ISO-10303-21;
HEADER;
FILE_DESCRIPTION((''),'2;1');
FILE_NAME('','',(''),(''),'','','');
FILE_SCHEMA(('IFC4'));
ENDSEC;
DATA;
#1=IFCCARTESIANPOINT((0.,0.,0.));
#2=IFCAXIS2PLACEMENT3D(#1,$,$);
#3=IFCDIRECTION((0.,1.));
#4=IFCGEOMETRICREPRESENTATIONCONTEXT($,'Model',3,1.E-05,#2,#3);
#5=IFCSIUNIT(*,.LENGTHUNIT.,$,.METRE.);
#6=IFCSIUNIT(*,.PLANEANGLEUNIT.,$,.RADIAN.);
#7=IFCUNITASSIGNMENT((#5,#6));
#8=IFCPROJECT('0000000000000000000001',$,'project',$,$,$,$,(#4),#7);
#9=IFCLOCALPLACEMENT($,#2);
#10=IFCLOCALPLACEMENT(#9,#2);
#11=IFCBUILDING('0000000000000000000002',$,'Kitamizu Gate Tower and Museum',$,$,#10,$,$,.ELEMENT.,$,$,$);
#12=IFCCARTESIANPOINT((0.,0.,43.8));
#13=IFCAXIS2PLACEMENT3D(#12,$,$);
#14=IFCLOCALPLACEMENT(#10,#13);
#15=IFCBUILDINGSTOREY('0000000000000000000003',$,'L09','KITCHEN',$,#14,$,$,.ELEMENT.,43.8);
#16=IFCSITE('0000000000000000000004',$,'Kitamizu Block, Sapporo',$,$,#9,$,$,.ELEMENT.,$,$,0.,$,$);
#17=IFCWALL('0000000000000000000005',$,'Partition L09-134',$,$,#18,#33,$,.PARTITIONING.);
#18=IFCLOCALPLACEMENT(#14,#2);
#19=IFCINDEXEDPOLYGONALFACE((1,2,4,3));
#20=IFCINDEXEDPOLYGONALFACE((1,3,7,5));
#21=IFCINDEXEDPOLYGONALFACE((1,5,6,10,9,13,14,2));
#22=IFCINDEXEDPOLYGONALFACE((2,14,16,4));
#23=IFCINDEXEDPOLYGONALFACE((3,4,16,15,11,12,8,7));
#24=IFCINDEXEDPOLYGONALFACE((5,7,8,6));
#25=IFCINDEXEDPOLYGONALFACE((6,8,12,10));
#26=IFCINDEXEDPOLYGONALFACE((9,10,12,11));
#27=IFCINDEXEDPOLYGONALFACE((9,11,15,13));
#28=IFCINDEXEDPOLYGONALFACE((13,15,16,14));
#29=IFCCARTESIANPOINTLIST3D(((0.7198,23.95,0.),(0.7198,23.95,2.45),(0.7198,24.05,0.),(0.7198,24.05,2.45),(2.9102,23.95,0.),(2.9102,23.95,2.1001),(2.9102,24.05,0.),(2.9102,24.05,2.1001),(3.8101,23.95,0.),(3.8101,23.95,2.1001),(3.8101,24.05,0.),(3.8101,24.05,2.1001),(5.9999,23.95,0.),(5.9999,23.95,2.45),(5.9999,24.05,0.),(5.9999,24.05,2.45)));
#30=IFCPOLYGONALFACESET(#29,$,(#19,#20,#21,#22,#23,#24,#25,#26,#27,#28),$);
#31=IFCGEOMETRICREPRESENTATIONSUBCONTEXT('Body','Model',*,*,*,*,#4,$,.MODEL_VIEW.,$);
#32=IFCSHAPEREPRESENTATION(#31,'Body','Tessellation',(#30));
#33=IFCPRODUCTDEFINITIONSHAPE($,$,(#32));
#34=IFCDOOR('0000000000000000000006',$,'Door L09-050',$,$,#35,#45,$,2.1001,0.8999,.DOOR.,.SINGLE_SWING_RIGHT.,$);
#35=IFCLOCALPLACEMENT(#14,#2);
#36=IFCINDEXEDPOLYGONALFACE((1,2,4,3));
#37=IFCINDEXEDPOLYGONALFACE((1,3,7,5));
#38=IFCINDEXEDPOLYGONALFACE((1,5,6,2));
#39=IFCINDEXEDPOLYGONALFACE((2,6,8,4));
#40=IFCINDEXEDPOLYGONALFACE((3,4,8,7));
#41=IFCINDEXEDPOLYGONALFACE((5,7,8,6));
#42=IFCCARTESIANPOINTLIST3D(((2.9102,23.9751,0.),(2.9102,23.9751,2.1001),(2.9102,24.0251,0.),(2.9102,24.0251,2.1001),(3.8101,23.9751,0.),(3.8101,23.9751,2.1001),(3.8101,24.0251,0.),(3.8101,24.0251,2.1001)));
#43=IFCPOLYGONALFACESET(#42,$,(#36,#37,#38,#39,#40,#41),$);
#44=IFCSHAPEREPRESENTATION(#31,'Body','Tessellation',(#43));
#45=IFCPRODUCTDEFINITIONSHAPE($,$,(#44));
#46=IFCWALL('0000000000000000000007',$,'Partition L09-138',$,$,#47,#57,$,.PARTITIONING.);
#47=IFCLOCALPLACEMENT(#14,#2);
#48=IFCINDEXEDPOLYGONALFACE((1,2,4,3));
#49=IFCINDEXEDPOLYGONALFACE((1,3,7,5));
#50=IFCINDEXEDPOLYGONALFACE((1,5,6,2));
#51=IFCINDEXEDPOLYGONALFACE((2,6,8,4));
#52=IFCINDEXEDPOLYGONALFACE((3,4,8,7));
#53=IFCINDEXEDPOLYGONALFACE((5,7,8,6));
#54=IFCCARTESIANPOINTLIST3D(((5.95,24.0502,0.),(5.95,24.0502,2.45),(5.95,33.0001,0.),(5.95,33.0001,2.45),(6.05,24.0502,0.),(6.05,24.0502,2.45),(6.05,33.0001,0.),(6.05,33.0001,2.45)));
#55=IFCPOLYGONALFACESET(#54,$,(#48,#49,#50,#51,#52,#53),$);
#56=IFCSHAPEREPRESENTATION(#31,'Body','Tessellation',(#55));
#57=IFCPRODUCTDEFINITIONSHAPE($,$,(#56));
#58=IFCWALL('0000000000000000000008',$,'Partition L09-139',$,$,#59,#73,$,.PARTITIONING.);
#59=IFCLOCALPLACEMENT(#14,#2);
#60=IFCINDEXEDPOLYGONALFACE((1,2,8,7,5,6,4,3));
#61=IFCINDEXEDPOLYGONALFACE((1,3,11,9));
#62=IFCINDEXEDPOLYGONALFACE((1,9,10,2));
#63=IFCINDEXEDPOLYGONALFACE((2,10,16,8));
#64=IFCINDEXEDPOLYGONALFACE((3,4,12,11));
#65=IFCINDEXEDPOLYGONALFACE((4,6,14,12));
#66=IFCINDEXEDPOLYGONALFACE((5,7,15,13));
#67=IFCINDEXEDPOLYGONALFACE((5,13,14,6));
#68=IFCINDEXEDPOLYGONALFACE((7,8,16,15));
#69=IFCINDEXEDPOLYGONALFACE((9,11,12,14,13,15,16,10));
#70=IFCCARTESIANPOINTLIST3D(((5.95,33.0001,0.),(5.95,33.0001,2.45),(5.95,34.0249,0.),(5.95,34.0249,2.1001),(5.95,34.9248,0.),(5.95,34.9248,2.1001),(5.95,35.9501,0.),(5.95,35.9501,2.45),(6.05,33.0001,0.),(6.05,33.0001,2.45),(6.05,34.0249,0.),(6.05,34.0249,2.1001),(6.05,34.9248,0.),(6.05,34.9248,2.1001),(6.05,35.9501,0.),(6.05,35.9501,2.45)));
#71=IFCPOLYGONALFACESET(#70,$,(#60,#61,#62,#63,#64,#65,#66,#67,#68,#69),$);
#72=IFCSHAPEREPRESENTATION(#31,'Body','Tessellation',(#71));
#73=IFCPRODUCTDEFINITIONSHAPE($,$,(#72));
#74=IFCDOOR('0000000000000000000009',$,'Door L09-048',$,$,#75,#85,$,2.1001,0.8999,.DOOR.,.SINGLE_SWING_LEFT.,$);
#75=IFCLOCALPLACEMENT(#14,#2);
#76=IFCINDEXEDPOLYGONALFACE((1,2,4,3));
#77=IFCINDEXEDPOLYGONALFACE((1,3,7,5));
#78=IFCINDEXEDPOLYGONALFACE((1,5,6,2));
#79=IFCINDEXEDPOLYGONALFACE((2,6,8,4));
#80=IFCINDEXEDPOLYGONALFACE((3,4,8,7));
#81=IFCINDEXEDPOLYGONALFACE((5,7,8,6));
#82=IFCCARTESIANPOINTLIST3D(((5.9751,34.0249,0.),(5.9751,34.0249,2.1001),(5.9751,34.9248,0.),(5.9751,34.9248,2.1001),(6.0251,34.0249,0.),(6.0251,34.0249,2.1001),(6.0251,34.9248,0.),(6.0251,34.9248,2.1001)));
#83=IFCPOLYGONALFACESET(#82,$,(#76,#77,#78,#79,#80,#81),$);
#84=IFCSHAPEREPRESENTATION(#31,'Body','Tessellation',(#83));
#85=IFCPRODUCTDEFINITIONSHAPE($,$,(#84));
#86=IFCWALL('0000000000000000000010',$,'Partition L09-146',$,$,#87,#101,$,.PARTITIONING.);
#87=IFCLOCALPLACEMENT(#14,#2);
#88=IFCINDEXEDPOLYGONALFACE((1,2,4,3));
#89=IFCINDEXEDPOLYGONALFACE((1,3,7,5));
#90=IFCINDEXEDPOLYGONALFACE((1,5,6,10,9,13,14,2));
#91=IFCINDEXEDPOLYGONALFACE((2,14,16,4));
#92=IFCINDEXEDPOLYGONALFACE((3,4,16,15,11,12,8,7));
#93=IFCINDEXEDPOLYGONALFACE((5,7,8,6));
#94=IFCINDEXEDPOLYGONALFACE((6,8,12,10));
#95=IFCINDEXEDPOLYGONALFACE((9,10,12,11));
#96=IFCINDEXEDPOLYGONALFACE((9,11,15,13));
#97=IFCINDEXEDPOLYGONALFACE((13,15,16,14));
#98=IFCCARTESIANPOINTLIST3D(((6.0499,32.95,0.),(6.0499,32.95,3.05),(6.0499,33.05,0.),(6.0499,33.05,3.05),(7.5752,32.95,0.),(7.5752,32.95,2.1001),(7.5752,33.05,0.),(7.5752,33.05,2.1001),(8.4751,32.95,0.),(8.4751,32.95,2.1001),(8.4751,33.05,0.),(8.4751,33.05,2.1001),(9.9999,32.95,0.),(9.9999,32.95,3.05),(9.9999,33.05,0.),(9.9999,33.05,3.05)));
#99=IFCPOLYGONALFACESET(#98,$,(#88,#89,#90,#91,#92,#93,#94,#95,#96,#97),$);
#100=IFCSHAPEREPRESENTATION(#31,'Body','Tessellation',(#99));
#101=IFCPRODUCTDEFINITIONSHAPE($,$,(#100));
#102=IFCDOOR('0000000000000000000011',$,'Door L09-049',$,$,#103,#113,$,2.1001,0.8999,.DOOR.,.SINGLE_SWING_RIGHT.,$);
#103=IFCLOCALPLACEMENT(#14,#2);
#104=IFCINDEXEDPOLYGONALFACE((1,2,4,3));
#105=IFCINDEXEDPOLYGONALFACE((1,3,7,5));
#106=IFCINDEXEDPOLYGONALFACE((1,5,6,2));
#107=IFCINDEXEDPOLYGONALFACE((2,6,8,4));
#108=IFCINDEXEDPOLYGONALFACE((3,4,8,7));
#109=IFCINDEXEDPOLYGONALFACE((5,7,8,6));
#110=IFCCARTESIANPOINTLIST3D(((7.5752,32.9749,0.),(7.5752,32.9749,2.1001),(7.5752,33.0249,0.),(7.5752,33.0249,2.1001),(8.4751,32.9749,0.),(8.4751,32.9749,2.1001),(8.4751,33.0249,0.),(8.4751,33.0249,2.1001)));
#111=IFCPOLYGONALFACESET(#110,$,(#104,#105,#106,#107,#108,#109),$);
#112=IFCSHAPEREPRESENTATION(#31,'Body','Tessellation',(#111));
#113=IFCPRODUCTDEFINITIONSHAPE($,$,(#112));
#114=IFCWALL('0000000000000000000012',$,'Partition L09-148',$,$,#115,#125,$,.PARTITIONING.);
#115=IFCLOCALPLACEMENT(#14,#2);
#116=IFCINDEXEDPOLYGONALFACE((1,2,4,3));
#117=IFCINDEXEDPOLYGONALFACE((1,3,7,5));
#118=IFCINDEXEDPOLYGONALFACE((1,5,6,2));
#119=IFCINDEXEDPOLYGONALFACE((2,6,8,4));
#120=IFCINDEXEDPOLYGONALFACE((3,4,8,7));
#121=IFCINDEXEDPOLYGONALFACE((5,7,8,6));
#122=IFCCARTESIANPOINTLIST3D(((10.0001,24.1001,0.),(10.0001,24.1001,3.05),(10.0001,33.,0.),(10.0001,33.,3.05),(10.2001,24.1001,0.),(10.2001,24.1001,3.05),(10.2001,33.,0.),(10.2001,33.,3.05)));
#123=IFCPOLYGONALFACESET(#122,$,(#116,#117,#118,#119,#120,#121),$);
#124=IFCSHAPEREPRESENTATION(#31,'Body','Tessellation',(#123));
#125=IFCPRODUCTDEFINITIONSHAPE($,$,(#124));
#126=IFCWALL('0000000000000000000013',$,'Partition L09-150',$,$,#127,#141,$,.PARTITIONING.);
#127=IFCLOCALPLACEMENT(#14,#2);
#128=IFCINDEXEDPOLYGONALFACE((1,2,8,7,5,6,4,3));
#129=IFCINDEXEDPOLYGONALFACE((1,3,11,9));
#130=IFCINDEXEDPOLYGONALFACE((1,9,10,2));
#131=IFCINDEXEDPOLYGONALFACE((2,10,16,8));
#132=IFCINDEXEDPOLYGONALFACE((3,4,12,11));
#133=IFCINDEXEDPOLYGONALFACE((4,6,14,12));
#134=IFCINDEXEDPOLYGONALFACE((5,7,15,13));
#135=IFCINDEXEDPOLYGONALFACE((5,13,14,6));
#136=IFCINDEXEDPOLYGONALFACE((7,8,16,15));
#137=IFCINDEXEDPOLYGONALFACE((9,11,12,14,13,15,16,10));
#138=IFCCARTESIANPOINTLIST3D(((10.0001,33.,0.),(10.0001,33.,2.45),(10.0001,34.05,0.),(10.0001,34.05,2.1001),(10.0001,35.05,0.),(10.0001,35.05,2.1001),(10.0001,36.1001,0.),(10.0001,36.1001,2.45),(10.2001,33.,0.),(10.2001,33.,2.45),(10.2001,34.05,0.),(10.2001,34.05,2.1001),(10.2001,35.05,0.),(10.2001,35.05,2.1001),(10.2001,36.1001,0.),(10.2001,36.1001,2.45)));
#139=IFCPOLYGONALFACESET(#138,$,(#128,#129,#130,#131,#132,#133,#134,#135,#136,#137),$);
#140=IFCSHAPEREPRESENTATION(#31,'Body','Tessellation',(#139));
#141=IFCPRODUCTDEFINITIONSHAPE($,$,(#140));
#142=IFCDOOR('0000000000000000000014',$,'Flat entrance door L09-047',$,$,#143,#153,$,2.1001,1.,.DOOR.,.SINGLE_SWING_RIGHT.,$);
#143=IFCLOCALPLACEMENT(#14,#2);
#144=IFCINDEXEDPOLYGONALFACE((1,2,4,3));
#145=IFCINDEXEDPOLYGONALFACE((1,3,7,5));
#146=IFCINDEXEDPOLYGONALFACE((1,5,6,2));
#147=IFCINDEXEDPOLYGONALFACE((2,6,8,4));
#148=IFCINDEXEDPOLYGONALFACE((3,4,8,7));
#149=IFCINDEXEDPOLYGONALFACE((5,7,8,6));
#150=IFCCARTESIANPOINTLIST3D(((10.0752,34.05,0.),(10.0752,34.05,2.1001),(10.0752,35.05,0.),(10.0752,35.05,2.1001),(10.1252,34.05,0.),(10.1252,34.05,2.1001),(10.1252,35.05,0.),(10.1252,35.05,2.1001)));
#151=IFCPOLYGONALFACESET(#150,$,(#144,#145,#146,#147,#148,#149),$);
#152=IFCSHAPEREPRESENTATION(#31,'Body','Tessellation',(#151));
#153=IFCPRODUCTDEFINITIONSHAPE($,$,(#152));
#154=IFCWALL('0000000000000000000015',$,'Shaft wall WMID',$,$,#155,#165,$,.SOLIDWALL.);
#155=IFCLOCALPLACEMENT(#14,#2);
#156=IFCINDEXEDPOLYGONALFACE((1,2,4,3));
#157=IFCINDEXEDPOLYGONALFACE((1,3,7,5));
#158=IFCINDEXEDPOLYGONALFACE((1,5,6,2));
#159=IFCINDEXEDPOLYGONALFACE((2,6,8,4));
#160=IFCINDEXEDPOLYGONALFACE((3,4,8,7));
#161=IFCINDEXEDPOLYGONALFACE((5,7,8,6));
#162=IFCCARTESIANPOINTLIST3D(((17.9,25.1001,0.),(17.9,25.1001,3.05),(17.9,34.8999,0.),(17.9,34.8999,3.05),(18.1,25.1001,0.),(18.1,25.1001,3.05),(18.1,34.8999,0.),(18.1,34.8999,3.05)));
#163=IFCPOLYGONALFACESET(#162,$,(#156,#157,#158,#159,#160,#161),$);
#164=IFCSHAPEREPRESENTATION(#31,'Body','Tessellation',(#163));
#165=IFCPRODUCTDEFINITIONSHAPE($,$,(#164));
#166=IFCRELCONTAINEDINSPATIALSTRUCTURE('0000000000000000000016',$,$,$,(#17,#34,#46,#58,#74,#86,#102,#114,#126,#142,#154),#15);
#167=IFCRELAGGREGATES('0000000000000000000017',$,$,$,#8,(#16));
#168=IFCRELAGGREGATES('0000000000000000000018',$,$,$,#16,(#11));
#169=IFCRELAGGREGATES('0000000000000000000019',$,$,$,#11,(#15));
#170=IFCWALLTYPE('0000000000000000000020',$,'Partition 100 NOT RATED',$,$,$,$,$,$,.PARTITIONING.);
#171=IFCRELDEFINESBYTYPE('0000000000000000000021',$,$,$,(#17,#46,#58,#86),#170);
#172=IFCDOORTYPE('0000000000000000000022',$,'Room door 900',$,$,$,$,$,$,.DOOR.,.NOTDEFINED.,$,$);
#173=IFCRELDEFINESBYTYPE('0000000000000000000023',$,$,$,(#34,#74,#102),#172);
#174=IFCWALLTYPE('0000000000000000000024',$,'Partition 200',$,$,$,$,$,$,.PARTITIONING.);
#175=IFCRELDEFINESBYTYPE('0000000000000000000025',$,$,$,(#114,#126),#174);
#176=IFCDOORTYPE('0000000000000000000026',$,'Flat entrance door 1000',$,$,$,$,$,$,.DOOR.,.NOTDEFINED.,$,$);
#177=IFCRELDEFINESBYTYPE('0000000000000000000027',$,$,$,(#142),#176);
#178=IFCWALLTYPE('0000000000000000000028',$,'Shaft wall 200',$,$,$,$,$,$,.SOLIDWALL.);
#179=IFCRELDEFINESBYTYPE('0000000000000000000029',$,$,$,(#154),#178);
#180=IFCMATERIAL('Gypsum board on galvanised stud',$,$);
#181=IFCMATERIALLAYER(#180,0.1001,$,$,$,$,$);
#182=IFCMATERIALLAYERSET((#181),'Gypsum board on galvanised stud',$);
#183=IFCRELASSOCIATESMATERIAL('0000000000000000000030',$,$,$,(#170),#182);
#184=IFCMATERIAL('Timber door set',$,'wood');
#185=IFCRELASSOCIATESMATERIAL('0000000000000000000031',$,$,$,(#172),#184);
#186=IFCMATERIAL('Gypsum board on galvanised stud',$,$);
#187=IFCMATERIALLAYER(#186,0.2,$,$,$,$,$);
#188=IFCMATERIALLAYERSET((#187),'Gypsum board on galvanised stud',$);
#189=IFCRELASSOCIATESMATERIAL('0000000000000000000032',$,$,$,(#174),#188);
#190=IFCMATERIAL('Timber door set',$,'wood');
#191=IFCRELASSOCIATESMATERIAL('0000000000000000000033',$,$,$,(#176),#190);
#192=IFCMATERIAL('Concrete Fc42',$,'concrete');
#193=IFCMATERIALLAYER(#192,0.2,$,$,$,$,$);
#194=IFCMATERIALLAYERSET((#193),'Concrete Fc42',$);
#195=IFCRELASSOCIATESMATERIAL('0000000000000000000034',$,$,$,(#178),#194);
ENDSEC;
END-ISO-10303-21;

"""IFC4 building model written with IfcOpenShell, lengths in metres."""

from ifc_helpers import new_model, si_unit, direction, frame, frame_2d, origin, place, context, subcontext, project, spatial, rectangle, extrude, material, layer, layer_set, type_object, element, fill, save


model = new_model("IFC4")

# Units and contexts
model_context = context("Model", 3, precision=1e-05, world=origin(), true_north=direction((0.0, 1.0)))
body_context = subcontext(model_context, "Body", "Model", "MODEL_VIEW")
ifc_project = project(units=[si_unit("LENGTHUNIT", "METRE"), si_unit("PLANEANGLEUNIT", "RADIAN")], contexts=[model_context])

# Site, building, storey
site_placement = place(None, origin())
site = spatial("IfcSite", under=ifc_project, at=site_placement, Name="Kitamizu Block, Sapporo", CompositionType="ELEMENT", RefElevation=0.0)
building_placement = place(site_placement, origin())
building = spatial("IfcBuilding", under=site, at=building_placement, Name="Kitamizu Gate Tower and Museum", CompositionType="ELEMENT")
storey_placement = place(building_placement, frame((0.0, 0.0, 43.8)))
storey = spatial("IfcBuildingStorey", under=building, at=storey_placement, Name="L09", Description="KITCHEN", CompositionType="ELEMENT", Elevation=43.8)

# Wall, opening, door
ifc_material_1 = material(Name="Gypsum board on galvanised stud")
ifc_layer_1 = layer(ifc_material_1, 0.1001)
ifc_layer_set_1 = layer_set([ifc_layer_1], Name="Gypsum board on galvanised stud")
wall_type_1 = type_object("IfcWallType", Name="Partition 100 NOT RATED", PredefinedType="PARTITIONING", material=ifc_layer_set_1)
wall_1_placement = place(storey_placement, frame((6.0, 24.0, 0.0), z_axis=(0.0, 0.0, 1.0), x_axis=(-1.0, 0.0, 0.0)))
wall_1 = element("IfcWall", 1, at=wall_1_placement, inside=storey, type_object=wall_type_1, Name="Partition L09-134", PredefinedType="PARTITIONING", context=body_context, shape_type="SweptSolid", body=[
    extrude(rectangle(XDim=5.28, YDim=0.1001, at=frame_2d((2.6401, 0.0))), origin(), (0.0, 0.0, 1.0), 2.45),
])
opening_1_placement = place(wall_1_placement, frame((2.1899, 0.0, 0.0)))
opening_1 = element("IfcOpeningElement", 2, at=opening_1_placement, cuts=wall_1, PredefinedType="OPENING", context=body_context, shape_type="SweptSolid", body=[
    extrude(rectangle(XDim=0.8999, YDim=2.1001, at=frame_2d((0.45, 1.05))), frame((0.0, 0.0601, 0.0), z_axis=(0.0, -1.0, 0.0), x_axis=(1.0, 0.0, 0.0)), (0.0, 0.0, 1.0), 0.1201),
])
ifc_material_2 = material(Name="Timber door set", Category="wood")
door_type_1 = type_object("IfcDoorType", Name="Room door 900", OperationType="NOTDEFINED", PredefinedType="DOOR", material=ifc_material_2)
door_1_placement = place(opening_1_placement, origin())
door_1 = element("IfcDoor", 3, at=door_1_placement, inside=storey, type_object=door_type_1, Name="Door L09-050", OperationType="SINGLE_SWING_RIGHT", OverallHeight=2.1001, OverallWidth=0.8999, PredefinedType="DOOR", context=body_context, shape_type="SweptSolid", body=[
    extrude(rectangle(XDim=0.8999, YDim=2.1001, at=frame_2d((0.45, 1.05))), frame((0.0, 0.0249, 0.0), z_axis=(0.0, -1.0, 0.0), x_axis=(1.0, 0.0, 0.0)), (0.0, 0.0, 1.0), 0.05),
])
fill(opening_1, door_1)

# Wall
wall_2_placement = place(storey_placement, frame((6.0, 24.05, 0.0), z_axis=(0.0, 0.0, 1.0), x_axis=(0.0, 1.0, 0.0)))
element("IfcWall", 4, at=wall_2_placement, inside=storey, type_object=wall_type_1, Name="Partition L09-138", PredefinedType="PARTITIONING", context=body_context, shape_type="SweptSolid", body=[
    extrude(rectangle(XDim=8.95, YDim=0.1001, at=frame_2d((4.4751, 0.0))), origin(), (0.0, 0.0, 1.0), 2.45),
])

# Walls, openings, doors
wall_3_placement = place(storey_placement, frame((6.0, 33.0, 0.0), z_axis=(0.0, 0.0, 1.0), x_axis=(0.0, 1.0, 0.0)))
wall_3 = element("IfcWall", 5, at=wall_3_placement, inside=storey, type_object=wall_type_1, Name="Partition L09-139", PredefinedType="PARTITIONING", context=body_context, shape_type="SweptSolid", body=[
    extrude(rectangle(XDim=2.95, YDim=0.1001, at=frame_2d((1.4751, 0.0))), origin(), (0.0, 0.0, 1.0), 2.45),
])
opening_2_placement = place(wall_3_placement, frame((1.0249, 0.0, 0.0)))
opening_2 = element("IfcOpeningElement", 6, at=opening_2_placement, cuts=wall_3, PredefinedType="OPENING", context=body_context, shape_type="SweptSolid", body=[
    extrude(rectangle(XDim=0.8999, YDim=2.1001, at=frame_2d((0.45, 1.05))), frame((0.0, 0.0601, 0.0), z_axis=(0.0, -1.0, 0.0), x_axis=(1.0, 0.0, 0.0)), (0.0, 0.0, 1.0), 0.1201),
])
door_2_placement = place(opening_2_placement, origin())
door_2 = element("IfcDoor", 7, at=door_2_placement, inside=storey, type_object=door_type_1, Name="Door L09-048", OperationType="SINGLE_SWING_LEFT", OverallHeight=2.1001, OverallWidth=0.8999, PredefinedType="DOOR", context=body_context, shape_type="SweptSolid", body=[
    extrude(rectangle(XDim=0.8999, YDim=2.1001, at=frame_2d((0.45, 1.05))), frame((0.0, 0.0249, 0.0), z_axis=(0.0, -1.0, 0.0), x_axis=(1.0, 0.0, 0.0)), (0.0, 0.0, 1.0), 0.05),
])
fill(opening_2, door_2)
wall_4_placement = place(storey_placement, frame((10.0, 33.0, 0.0), z_axis=(0.0, 0.0, 1.0), x_axis=(-1.0, 0.0, 0.0)))
wall_4 = element("IfcWall", 8, at=wall_4_placement, inside=storey, type_object=wall_type_1, Name="Partition L09-146", PredefinedType="PARTITIONING", context=body_context, shape_type="SweptSolid", body=[
    extrude(rectangle(XDim=3.95, YDim=0.1001, at=frame_2d((1.9751, 0.0))), origin(), (0.0, 0.0, 1.0), 3.05),
])
opening_3_placement = place(wall_4_placement, frame((1.5249, 0.0, 0.0)))
opening_3 = element("IfcOpeningElement", 9, at=opening_3_placement, cuts=wall_4, PredefinedType="OPENING", context=body_context, shape_type="SweptSolid", body=[
    extrude(rectangle(XDim=0.8999, YDim=2.1001, at=frame_2d((0.45, 1.05))), frame((0.0, 0.0601, 0.0), z_axis=(0.0, -1.0, 0.0), x_axis=(1.0, 0.0, 0.0)), (0.0, 0.0, 1.0), 0.1201),
])
door_3_placement = place(opening_3_placement, frame((0.8999, 0.0, 0.0), x_axis=(-1.0, 0.0, 0.0)))
door_3 = element("IfcDoor", 10, at=door_3_placement, inside=storey, type_object=door_type_1, Name="Door L09-049", OperationType="SINGLE_SWING_RIGHT", OverallHeight=2.1001, OverallWidth=0.8999, PredefinedType="DOOR", context=body_context, shape_type="SweptSolid", body=[
    extrude(rectangle(XDim=0.8999, YDim=2.1001, at=frame_2d((0.45, 1.05))), frame((0.0, 0.0249, 0.0), z_axis=(0.0, -1.0, 0.0), x_axis=(1.0, 0.0, 0.0)), (0.0, 0.0, 1.0), 0.05),
])
fill(opening_3, door_3)

# Wall
ifc_material_3 = material(Name="Gypsum board on galvanised stud")
ifc_layer_2 = layer(ifc_material_3, 0.2)
ifc_layer_set_2 = layer_set([ifc_layer_2], Name="Gypsum board on galvanised stud")
wall_type_2 = type_object("IfcWallType", Name="Partition 200", PredefinedType="PARTITIONING", material=ifc_layer_set_2)
wall_5_placement = place(storey_placement, frame((10.1001, 24.1001, 0.0), z_axis=(0.0, 0.0, 1.0), x_axis=(0.0, 1.0, 0.0)))
element("IfcWall", 11, at=wall_5_placement, inside=storey, type_object=wall_type_2, Name="Partition L09-148", PredefinedType="PARTITIONING", context=body_context, shape_type="SweptSolid", body=[
    extrude(rectangle(XDim=8.8999, YDim=0.2, at=frame_2d((4.45, 0.0))), origin(), (0.0, 0.0, 1.0), 3.05),
])

# Wall, opening, door
wall_6_placement = place(storey_placement, frame((10.1001, 33.0, 0.0), z_axis=(0.0, 0.0, 1.0), x_axis=(0.0, 1.0, 0.0)))
wall_6 = element("IfcWall", 12, at=wall_6_placement, inside=storey, type_object=wall_type_2, Name="Partition L09-150", PredefinedType="PARTITIONING", context=body_context, shape_type="SweptSolid", body=[
    extrude(rectangle(XDim=3.1001, YDim=0.2, at=frame_2d((1.55, 0.0))), origin(), (0.0, 0.0, 1.0), 2.45),
])
opening_4_placement = place(wall_6_placement, frame((1.05, 0.0, 0.0)))
opening_4 = element("IfcOpeningElement", 13, at=opening_4_placement, cuts=wall_6, PredefinedType="OPENING", context=body_context, shape_type="SweptSolid", body=[
    extrude(rectangle(XDim=1.0, YDim=2.1001, at=frame_2d((0.5, 1.05))), frame((0.0, 0.1099, 0.0), z_axis=(0.0, -1.0, 0.0), x_axis=(1.0, 0.0, 0.0)), (0.0, 0.0, 1.0), 0.22),
])
ifc_material_4 = material(Name="Timber door set", Category="wood")
door_type_2 = type_object("IfcDoorType", Name="Flat entrance door 1000", OperationType="NOTDEFINED", PredefinedType="DOOR", material=ifc_material_4)
door_4_placement = place(opening_4_placement, origin())
door_4 = element("IfcDoor", 14, at=door_4_placement, inside=storey, type_object=door_type_2, Name="Flat entrance door L09-047", OperationType="SINGLE_SWING_RIGHT", OverallHeight=2.1001, OverallWidth=1.0, PredefinedType="DOOR", context=body_context, shape_type="SweptSolid", body=[
    extrude(rectangle(XDim=1.0, YDim=2.1001, at=frame_2d((0.5, 1.05))), frame((0.0, 0.0249, 0.0), z_axis=(0.0, -1.0, 0.0), x_axis=(1.0, 0.0, 0.0)), (0.0, 0.0, 1.0), 0.05),
])
fill(opening_4, door_4)

# Wall
ifc_material_5 = material(Name="Concrete Fc42", Category="concrete")
ifc_layer_3 = layer(ifc_material_5, 0.2)
ifc_layer_set_3 = layer_set([ifc_layer_3], Name="Concrete Fc42")
wall_type_3 = type_object("IfcWallType", Name="Shaft wall 200", PredefinedType="SOLIDWALL", material=ifc_layer_set_3)
wall_7_placement = place(storey_placement, frame((18.0, 25.1001, 0.0), z_axis=(0.0, 0.0, 1.0), x_axis=(0.0, 1.0, 0.0)))
element("IfcWall", 15, at=wall_7_placement, inside=storey, type_object=wall_type_3, Name="Shaft wall WMID", PredefinedType="SOLIDWALL", context=body_context, shape_type="SweptSolid", body=[
    extrude(rectangle(XDim=9.7998, YDim=0.2, at=frame_2d((4.8999, 0.0))), origin(), (0.0, 0.0, 1.0), 3.05),
])

save(model, "model.ifc")
